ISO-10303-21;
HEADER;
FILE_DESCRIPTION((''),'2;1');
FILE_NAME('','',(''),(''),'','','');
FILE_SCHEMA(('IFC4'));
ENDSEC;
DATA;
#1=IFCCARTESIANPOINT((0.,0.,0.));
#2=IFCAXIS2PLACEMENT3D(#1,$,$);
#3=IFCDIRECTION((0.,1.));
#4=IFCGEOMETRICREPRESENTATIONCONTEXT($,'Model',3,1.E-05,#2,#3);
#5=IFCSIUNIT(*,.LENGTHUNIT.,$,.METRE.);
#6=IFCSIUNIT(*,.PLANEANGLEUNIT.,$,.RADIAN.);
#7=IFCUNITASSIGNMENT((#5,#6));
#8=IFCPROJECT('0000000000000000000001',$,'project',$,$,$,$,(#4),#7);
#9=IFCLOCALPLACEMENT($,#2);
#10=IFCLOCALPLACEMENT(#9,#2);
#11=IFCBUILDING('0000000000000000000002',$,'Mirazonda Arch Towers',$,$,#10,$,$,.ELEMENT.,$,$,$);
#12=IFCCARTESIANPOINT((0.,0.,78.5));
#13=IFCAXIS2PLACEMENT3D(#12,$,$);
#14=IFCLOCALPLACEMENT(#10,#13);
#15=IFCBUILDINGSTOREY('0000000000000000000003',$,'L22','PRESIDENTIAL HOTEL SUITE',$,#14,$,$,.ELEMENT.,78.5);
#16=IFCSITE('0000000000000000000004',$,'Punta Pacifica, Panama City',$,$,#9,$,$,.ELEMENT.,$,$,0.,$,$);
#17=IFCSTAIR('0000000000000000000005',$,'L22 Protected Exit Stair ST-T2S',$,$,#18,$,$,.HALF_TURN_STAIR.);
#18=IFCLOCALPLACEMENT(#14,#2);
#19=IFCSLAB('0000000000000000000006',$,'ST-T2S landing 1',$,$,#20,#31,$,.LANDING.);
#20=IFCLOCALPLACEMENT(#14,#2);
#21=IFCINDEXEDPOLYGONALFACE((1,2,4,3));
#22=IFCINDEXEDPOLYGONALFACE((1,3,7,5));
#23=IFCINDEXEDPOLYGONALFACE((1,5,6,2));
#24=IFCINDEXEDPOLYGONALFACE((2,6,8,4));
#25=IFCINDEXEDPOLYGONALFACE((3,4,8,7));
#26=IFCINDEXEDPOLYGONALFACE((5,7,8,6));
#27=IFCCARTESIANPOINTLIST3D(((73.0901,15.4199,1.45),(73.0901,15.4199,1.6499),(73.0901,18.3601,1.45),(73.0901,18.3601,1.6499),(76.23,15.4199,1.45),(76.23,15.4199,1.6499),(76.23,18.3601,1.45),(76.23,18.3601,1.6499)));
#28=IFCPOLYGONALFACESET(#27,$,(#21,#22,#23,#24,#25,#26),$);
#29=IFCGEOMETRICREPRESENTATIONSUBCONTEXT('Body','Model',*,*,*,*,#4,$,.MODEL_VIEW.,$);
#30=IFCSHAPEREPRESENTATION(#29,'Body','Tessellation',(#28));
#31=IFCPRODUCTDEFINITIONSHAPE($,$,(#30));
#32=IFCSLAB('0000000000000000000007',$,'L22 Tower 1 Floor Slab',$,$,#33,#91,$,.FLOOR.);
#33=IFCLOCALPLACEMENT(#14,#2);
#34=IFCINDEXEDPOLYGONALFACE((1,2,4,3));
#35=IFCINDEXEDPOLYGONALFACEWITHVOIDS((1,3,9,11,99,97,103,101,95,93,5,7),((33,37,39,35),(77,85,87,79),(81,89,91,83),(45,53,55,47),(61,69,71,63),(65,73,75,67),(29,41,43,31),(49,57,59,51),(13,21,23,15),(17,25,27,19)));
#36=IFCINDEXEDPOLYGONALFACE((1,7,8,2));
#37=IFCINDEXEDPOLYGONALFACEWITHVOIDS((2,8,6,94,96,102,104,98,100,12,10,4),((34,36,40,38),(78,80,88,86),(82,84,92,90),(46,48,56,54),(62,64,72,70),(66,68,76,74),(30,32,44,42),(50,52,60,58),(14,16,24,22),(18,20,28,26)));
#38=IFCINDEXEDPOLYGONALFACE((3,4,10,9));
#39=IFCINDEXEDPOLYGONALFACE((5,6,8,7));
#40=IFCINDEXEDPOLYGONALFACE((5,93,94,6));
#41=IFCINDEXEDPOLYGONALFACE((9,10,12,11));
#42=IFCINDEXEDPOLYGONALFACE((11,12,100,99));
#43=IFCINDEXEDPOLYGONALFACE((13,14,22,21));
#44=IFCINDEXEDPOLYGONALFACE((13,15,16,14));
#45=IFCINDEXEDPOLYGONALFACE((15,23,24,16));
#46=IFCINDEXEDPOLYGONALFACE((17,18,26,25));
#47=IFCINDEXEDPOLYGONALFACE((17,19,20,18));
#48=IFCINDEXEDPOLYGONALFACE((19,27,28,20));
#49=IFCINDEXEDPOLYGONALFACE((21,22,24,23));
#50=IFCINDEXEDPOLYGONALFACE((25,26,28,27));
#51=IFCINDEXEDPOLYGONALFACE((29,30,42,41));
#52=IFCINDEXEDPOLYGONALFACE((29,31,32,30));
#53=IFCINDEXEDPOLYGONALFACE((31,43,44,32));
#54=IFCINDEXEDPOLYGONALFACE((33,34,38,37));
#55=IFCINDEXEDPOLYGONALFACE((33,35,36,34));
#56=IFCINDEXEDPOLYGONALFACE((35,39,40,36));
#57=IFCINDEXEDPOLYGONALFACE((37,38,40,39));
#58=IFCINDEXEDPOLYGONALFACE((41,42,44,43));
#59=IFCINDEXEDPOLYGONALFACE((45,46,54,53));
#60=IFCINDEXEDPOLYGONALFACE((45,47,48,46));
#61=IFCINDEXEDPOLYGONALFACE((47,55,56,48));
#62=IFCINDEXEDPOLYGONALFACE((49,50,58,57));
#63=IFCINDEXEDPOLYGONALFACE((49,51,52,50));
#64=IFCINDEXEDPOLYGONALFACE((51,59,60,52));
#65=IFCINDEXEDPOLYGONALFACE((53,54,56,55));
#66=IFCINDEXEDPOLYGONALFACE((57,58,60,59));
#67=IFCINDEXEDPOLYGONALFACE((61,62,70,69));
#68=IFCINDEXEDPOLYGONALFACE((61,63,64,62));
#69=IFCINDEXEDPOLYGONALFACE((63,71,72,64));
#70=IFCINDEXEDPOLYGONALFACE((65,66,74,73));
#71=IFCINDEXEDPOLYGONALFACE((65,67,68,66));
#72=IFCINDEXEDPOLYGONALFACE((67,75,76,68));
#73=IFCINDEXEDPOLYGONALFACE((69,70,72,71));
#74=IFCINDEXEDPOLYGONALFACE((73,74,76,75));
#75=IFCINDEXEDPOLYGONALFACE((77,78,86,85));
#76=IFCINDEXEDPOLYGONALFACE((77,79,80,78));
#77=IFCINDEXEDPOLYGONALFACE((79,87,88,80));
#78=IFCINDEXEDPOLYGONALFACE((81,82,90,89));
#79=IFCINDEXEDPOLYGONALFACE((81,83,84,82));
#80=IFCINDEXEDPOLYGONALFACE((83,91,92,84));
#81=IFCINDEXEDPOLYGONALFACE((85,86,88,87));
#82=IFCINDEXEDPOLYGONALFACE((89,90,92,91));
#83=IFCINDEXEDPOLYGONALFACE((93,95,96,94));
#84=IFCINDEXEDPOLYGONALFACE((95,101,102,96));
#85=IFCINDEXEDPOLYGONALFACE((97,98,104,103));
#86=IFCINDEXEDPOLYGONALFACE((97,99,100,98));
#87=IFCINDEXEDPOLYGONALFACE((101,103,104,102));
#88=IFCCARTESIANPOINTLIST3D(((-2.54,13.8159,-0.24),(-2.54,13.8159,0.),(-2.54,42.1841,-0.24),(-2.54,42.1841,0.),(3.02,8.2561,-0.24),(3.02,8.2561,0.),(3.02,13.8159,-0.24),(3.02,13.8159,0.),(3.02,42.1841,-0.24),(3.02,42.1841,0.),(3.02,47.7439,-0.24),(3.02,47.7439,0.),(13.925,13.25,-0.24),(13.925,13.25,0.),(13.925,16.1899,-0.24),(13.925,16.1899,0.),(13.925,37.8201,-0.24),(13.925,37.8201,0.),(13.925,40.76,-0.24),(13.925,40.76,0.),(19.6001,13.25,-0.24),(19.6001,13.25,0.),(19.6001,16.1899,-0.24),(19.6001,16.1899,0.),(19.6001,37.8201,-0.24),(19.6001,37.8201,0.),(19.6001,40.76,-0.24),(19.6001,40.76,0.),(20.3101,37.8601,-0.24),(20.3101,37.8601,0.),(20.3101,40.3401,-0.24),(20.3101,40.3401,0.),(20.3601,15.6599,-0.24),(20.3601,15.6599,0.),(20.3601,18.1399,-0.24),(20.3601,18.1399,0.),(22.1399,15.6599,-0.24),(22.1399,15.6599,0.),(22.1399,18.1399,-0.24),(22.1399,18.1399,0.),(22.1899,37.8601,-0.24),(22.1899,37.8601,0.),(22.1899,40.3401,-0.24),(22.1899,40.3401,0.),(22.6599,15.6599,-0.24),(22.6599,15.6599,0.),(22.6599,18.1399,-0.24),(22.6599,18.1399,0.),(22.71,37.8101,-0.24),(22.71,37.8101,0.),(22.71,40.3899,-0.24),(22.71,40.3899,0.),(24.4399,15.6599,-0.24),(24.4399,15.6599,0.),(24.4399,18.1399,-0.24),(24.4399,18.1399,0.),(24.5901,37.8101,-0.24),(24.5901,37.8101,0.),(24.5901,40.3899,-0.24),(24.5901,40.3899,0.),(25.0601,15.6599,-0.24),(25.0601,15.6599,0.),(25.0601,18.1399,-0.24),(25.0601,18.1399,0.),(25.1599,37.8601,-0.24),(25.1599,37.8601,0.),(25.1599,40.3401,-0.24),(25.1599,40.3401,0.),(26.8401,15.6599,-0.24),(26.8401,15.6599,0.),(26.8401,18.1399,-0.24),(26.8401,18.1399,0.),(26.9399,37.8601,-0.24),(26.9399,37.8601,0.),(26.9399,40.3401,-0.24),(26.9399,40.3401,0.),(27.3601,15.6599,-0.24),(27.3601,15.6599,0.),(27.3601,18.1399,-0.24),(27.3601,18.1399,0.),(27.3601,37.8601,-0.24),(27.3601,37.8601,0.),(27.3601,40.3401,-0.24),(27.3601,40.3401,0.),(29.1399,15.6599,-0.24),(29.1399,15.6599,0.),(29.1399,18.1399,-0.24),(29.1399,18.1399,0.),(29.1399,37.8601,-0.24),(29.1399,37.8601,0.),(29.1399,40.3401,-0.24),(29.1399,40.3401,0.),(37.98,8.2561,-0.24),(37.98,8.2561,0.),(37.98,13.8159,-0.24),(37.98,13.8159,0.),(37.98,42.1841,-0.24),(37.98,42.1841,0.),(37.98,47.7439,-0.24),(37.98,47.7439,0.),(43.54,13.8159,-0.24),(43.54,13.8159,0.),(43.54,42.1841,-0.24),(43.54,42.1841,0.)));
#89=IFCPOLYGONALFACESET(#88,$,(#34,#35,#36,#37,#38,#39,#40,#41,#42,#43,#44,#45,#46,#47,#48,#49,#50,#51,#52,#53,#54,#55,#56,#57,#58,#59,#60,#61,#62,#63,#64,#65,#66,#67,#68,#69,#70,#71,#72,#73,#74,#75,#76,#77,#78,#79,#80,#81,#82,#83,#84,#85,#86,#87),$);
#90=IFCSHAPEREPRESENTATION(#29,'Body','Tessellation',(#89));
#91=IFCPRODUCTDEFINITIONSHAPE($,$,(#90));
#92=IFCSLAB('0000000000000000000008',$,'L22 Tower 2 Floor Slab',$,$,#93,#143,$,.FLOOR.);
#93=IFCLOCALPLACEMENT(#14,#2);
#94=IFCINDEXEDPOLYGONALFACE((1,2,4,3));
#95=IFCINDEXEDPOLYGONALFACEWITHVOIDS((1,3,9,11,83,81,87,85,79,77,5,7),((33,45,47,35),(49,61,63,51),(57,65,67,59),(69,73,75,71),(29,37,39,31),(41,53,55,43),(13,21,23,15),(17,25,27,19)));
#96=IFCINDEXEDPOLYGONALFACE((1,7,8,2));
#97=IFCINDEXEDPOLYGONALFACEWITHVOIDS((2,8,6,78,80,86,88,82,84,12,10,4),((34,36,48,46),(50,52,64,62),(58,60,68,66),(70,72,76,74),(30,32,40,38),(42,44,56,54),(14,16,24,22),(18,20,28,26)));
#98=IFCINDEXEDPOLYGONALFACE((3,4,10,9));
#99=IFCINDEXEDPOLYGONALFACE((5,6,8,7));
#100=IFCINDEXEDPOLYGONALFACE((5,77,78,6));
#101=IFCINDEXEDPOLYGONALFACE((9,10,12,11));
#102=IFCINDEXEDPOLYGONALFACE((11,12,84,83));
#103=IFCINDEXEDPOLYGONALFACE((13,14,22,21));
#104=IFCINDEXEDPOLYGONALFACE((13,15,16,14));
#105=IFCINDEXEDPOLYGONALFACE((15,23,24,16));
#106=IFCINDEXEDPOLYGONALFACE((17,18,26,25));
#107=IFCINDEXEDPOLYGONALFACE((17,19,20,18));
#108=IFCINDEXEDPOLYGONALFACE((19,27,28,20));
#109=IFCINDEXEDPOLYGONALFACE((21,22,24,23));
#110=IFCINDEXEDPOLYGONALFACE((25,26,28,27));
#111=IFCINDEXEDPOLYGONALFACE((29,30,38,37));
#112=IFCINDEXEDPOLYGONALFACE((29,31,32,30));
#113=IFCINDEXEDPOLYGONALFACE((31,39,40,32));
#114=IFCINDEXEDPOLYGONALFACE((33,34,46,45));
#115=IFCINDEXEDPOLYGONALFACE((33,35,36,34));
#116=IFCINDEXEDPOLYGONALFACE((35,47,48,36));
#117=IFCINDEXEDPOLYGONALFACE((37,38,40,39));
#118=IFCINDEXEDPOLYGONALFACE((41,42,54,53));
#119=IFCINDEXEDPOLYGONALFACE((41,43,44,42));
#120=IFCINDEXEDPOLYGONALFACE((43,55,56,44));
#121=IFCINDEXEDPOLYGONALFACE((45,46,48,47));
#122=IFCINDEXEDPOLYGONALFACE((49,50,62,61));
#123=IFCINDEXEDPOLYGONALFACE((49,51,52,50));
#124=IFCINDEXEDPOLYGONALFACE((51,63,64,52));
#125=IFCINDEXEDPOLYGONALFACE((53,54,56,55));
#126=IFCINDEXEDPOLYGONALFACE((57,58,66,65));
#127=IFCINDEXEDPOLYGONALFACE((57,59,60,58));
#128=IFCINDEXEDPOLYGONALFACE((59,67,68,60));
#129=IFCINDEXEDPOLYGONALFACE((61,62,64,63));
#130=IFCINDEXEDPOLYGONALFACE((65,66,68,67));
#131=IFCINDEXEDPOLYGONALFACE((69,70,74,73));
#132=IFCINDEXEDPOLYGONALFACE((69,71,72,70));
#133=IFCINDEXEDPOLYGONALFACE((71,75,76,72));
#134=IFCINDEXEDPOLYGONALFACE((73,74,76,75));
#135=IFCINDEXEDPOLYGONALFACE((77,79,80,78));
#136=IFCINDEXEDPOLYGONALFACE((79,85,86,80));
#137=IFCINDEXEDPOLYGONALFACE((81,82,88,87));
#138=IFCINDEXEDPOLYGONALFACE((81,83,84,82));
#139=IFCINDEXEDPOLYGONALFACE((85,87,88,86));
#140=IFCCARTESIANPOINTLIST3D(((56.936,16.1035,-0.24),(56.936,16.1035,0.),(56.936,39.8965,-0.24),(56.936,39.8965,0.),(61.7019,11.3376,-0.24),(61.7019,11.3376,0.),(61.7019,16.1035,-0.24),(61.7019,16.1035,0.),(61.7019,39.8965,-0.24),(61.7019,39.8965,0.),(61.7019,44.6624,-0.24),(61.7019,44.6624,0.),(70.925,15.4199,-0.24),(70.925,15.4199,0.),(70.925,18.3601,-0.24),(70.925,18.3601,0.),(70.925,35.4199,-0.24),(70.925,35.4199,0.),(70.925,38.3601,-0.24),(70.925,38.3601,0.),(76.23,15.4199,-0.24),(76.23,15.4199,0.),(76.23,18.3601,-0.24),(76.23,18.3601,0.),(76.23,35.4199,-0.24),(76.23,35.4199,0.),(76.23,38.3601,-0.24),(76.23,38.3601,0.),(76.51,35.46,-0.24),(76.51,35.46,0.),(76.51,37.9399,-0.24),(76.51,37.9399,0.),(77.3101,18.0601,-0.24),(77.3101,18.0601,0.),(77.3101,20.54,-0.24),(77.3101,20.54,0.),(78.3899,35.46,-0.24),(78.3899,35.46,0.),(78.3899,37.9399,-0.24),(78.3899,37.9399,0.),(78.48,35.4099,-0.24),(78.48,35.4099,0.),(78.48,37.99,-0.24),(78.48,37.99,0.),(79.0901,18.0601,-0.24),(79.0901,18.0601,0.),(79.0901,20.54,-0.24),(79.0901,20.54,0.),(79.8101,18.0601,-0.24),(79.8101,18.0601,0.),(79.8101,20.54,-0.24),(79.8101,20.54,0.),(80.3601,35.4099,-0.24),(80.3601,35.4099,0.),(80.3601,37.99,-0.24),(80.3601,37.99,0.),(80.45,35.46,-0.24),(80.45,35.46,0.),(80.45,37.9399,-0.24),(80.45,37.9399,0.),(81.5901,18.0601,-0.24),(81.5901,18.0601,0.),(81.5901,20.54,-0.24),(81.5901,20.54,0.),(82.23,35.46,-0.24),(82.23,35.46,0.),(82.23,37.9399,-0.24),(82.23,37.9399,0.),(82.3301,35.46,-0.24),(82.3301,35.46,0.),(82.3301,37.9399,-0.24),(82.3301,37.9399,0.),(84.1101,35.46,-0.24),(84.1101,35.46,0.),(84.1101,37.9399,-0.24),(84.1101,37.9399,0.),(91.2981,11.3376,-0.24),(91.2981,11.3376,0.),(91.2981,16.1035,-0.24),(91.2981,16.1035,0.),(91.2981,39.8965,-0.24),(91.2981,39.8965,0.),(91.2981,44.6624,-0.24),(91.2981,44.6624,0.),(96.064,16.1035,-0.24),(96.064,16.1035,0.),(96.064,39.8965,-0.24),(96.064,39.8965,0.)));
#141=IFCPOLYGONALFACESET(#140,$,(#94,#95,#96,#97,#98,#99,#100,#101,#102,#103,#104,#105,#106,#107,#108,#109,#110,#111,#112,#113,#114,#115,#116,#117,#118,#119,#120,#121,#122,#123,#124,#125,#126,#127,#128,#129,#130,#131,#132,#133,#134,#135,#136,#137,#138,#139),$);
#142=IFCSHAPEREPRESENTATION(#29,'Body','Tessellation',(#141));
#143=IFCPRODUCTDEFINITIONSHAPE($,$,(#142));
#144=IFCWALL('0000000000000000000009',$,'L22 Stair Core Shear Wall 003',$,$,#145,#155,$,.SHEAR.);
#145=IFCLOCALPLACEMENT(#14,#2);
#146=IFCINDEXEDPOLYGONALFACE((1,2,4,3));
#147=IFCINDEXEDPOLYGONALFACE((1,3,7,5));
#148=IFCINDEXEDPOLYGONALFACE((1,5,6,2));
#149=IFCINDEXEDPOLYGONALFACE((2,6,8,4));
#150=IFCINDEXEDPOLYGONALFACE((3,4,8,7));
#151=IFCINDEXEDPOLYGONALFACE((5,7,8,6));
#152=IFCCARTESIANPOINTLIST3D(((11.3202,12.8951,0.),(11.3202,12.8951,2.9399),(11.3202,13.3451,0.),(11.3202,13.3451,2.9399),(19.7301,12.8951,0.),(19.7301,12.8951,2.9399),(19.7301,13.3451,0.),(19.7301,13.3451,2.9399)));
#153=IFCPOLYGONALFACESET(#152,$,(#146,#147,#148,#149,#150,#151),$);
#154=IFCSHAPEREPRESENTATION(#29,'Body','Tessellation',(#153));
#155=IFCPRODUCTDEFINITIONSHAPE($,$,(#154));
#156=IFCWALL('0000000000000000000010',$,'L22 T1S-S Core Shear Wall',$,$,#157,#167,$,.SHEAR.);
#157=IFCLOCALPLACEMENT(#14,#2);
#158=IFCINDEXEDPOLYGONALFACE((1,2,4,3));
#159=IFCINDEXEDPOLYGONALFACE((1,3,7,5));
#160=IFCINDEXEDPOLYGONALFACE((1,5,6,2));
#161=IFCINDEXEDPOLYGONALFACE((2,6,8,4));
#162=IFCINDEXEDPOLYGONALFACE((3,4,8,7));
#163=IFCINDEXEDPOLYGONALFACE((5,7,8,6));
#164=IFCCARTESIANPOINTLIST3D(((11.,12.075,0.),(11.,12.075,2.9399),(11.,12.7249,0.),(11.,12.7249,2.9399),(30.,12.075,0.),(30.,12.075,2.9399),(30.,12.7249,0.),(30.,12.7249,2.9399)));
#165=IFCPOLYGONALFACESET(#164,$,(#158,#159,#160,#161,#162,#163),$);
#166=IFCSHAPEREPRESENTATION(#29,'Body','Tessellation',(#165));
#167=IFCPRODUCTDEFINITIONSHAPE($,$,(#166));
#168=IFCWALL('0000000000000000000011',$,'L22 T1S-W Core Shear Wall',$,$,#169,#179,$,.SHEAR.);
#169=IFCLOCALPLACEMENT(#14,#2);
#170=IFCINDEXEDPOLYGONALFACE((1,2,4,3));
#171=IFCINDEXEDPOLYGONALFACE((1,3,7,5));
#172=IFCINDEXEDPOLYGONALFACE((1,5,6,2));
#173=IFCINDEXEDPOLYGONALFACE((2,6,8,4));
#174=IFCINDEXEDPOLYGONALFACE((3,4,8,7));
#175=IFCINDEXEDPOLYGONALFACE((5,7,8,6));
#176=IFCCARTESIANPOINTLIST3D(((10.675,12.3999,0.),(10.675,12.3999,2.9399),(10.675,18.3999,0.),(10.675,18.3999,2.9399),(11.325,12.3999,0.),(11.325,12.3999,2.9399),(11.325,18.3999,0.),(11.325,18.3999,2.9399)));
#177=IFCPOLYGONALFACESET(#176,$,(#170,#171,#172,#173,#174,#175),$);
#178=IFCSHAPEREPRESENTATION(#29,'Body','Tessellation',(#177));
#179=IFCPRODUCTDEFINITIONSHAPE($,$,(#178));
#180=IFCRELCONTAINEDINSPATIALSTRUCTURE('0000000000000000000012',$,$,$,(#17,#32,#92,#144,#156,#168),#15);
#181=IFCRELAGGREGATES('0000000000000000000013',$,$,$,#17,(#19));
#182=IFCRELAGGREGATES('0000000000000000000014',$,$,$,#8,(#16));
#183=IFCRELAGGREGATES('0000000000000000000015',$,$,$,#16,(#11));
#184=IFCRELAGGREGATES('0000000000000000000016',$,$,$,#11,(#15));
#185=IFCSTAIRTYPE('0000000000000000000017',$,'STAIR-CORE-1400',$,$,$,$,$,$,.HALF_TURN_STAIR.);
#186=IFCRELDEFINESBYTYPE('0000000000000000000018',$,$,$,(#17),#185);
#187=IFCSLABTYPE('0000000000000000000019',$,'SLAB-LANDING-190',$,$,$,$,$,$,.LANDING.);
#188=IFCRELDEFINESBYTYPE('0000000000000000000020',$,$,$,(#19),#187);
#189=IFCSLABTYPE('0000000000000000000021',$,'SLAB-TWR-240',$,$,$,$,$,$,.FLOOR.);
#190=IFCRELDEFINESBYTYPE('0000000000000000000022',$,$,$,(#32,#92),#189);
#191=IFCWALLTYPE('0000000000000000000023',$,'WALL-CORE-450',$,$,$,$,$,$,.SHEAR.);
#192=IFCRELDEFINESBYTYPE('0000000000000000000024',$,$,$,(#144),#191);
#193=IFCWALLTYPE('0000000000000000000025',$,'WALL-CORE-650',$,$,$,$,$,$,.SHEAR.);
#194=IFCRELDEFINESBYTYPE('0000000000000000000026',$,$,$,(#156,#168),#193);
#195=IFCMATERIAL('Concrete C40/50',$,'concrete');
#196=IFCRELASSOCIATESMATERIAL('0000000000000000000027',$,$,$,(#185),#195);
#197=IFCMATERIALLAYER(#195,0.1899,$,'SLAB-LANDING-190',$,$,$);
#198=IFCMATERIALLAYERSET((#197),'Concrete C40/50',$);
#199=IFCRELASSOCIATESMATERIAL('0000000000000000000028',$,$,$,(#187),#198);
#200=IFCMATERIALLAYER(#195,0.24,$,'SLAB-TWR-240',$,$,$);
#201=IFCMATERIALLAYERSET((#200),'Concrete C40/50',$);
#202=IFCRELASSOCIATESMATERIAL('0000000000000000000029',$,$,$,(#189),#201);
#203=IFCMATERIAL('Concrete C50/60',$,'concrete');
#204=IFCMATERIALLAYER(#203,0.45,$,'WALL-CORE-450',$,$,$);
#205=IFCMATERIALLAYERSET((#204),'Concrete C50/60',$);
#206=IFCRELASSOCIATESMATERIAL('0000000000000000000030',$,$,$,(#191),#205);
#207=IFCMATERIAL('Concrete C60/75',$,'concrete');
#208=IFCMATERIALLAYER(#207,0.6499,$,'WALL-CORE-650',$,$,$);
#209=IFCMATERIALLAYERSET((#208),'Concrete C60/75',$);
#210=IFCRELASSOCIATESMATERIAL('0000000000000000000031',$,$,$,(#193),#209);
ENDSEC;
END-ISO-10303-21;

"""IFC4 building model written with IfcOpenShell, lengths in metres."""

from ifc_helpers import new_model, si_unit, direction, frame, frame_2d, origin, place, context, subcontext, project, spatial, polyline, rectangle, outline, extrude, material, layer, layer_set, type_object, element, aggregate, save


model = new_model("IFC4")

# Units and contexts
model_context = context("Model", 3, precision=1e-05, world=origin(), true_north=direction((0.0, 1.0)))
body_context = subcontext(model_context, "Body", "Model", "MODEL_VIEW")
ifc_project = project(units=[si_unit("LENGTHUNIT", "METRE"), si_unit("PLANEANGLEUNIT", "RADIAN")], contexts=[model_context])

# Site, building, storey
site_placement = place(None, origin())
site = spatial("IfcSite", under=ifc_project, at=site_placement, Name="Punta Pacifica, Panama City", CompositionType="ELEMENT", RefElevation=0.0)
building_placement = place(site_placement, origin())
building = spatial("IfcBuilding", under=site, at=building_placement, Name="Mirazonda Arch Towers", CompositionType="ELEMENT")
storey_placement = place(building_placement, frame((0.0, 0.0, 78.5)))
storey = spatial("IfcBuildingStorey", under=building, at=storey_placement, Name="L22", Description="PRESIDENTIAL HOTEL SUITE", CompositionType="ELEMENT", Elevation=78.5)

# Shared definitions
ifc_material_1 = material(Name="Concrete C60/75", Category="concrete")

# Stair, slab
ifc_material_2 = material(Name="Concrete C40/50", Category="concrete")
stair_type = type_object("IfcStairType", Name="STAIR-CORE-1400", PredefinedType="HALF_TURN_STAIR", material=ifc_material_2)
ifc_layer_1 = layer(ifc_material_2, 0.1899, Name="SLAB-LANDING-190")
ifc_layer_set_1 = layer_set([ifc_layer_1], Name="Concrete C40/50")
slab_type_1 = type_object("IfcSlabType", Name="SLAB-LANDING-190", PredefinedType="LANDING", material=ifc_layer_set_1)
stair_1_placement = place(storey_placement, origin())
stair_1 = element("IfcStair", 1, at=stair_1_placement, inside=storey, type_object=stair_type, Name="L22 Protected Exit Stair ST-T2S", PredefinedType="HALF_TURN_STAIR")
slab_1_placement = place(storey_placement, frame((0.0, 0.0, 1.45)))
slab_1 = element("IfcSlab", 2, at=slab_1_placement, type_object=slab_type_1, Name="ST-T2S landing 1", PredefinedType="LANDING", context=body_context, shape_type="SweptSolid", body=[
    extrude(outline(polyline([(73.0901, 15.4199), (76.23, 15.4199), (76.23, 18.3601), (73.0901, 18.3601), (73.0901, 15.4199)])), origin(), (0.0, 0.0, 1.0), 0.2),
])
aggregate(stair_1, [slab_1])

# Slabs
ifc_layer_2 = layer(ifc_material_2, 0.24, Name="SLAB-TWR-240")
ifc_layer_set_2 = layer_set([ifc_layer_2], Name="Concrete C40/50")
slab_type_2 = type_object("IfcSlabType", Name="SLAB-TWR-240", PredefinedType="FLOOR", material=ifc_layer_set_2)
slab_2_placement = place(storey_placement, frame((0.0, 0.0, -0.24)))
element("IfcSlab", 3, at=slab_2_placement, inside=storey, type_object=slab_type_2, Name="L22 Tower 1 Floor Slab", PredefinedType="FLOOR", context=body_context, shape_type="SweptSolid", body=[
    extrude(outline(polyline([(3.02, 8.2561), (37.98, 8.2561), (37.98, 13.8159), (43.54, 13.8159), (43.54, 42.1841), (37.98, 42.1841), (37.98, 47.7439), (3.02, 47.7439), (3.02, 42.1841), (-2.54, 42.1841), (-2.54, 13.8159), (3.02, 13.8159), (3.02, 8.2561)]), holes=[polyline([(29.1399, 18.1399), (29.1399, 15.6599), (27.3601, 15.6599), (27.3601, 18.1399), (29.1399, 18.1399)]), polyline([(29.1399, 40.3401), (29.1399, 37.8601), (27.3601, 37.8601), (27.3601, 40.3401), (29.1399, 40.3401)]), polyline([(25.1599, 40.3401), (26.9399, 40.3401), (26.9399, 37.8601), (25.1599, 37.8601), (25.1599, 40.3401)]), polyline([(26.8401, 18.1399), (26.8401, 15.6599), (25.0601, 15.6599), (25.0601, 18.1399), (26.8401, 18.1399)]), polyline([(22.71, 40.3899), (24.5901, 40.3899), (24.5901, 37.8101), (22.71, 37.8101), (22.71, 40.3899)]), polyline([(22.6599, 18.1399), (24.4399, 18.1399), (24.4399, 15.6599), (22.6599, 15.6599), (22.6599, 18.1399)]), polyline([(20.3101, 40.3401), (22.1899, 40.3401), (22.1899, 37.8601), (20.3101, 37.8601), (20.3101, 40.3401)]), polyline([(20.3601, 18.1399), (22.1399, 18.1399), (22.1399, 15.6599), (20.3601, 15.6599), (20.3601, 18.1399)]), polyline([(13.925, 40.76), (19.6001, 40.76), (19.6001, 37.8201), (13.925, 37.8201), (13.925, 40.76)]), polyline([(13.925, 13.25), (13.925, 16.1899), (19.6001, 16.1899), (19.6001, 13.25), (13.925, 13.25)])]), origin(), (0.0, 0.0, 1.0), 0.24),
])
slab_3_placement = place(storey_placement, frame((0.0, 0.0, -0.24)))
element("IfcSlab", 4, at=slab_3_placement, inside=storey, type_object=slab_type_2, Name="L22 Tower 2 Floor Slab", PredefinedType="FLOOR", context=body_context, shape_type="SweptSolid", body=[
    extrude(outline(polyline([(61.7019, 11.3376), (91.2981, 11.3376), (91.2981, 16.1035), (96.064, 16.1035), (96.064, 39.8965), (91.2981, 39.8965), (91.2981, 44.6624), (61.7019, 44.6624), (61.7019, 39.8965), (56.936, 39.8965), (56.936, 16.1035), (61.7019, 16.1035), (61.7019, 11.3376)]), holes=[polyline([(82.3301, 37.9399), (84.1101, 37.9399), (84.1101, 35.46), (82.3301, 35.46), (82.3301, 37.9399)]), polyline([(80.45, 37.9399), (82.23, 37.9399), (82.23, 35.46), (80.45, 35.46), (80.45, 37.9399)]), polyline([(79.8101, 20.54), (81.5901, 20.54), (81.5901, 18.0601), (79.8101, 18.0601), (79.8101, 20.54)]), polyline([(78.48, 37.99), (80.3601, 37.99), (80.3601, 35.4099), (78.48, 35.4099), (78.48, 37.99)]), polyline([(77.3101, 20.54), (79.0901, 20.54), (79.0901, 18.0601), (77.3101, 18.0601), (77.3101, 20.54)]), polyline([(76.51, 37.9399), (78.3899, 37.9399), (78.3899, 35.46), (76.51, 35.46), (76.51, 37.9399)]), polyline([(70.925, 15.4199), (70.925, 18.3601), (76.23, 18.3601), (76.23, 15.4199), (70.925, 15.4199)]), polyline([(70.925, 35.4199), (70.925, 38.3601), (76.23, 38.3601), (76.23, 35.4199), (70.925, 35.4199)])]), origin(), (0.0, 0.0, 1.0), 0.24),
])

# Walls
ifc_material_3 = material(Name="Concrete C50/60", Category="concrete")
ifc_layer_3 = layer(ifc_material_3, 0.45, Name="WALL-CORE-450")
ifc_layer_set_3 = layer_set([ifc_layer_3], Name="Concrete C50/60")
wall_type_1 = type_object("IfcWallType", Name="WALL-CORE-450", PredefinedType="SHEAR", material=ifc_layer_set_3)
wall_1_placement = place(storey_placement, frame((11.3201, 13.1201, 0.0), z_axis=(0.0, 0.0, 1.0), x_axis=(1.0, 0.0, 0.0)))
element("IfcWall", 5, at=wall_1_placement, inside=storey, type_object=wall_type_1, Name="L22 Stair Core Shear Wall 003", PredefinedType="SHEAR", context=body_context, shape_type="SweptSolid", body=[
    extrude(rectangle(XDim=8.4099, YDim=0.45, at=frame_2d((4.2051, 0.0))), origin(), (0.0, 0.0, 1.0), 2.9399),
])
ifc_layer_4 = layer(ifc_material_1, 0.6499, Name="WALL-CORE-650")
ifc_layer_set_4 = layer_set([ifc_layer_4], Name="Concrete C60/75")
wall_type_2 = type_object("IfcWallType", Name="WALL-CORE-650", PredefinedType="SHEAR", material=ifc_layer_set_4)
wall_2_placement = place(storey_placement, frame((11.0, 12.3999, 0.0), z_axis=(0.0, 0.0, 1.0), x_axis=(1.0, 0.0, 0.0)))
element("IfcWall", 6, at=wall_2_placement, inside=storey, type_object=wall_type_2, Name="L22 T1S-S Core Shear Wall", PredefinedType="SHEAR", context=body_context, shape_type="SweptSolid", body=[
    extrude(rectangle(XDim=19.0, YDim=0.6499, at=frame_2d((9.5, 0.0))), origin(), (0.0, 0.0, 1.0), 2.9399),
])
wall_3_placement = place(storey_placement, frame((11.0, 12.3999, 0.0), z_axis=(0.0, 0.0, 1.0), x_axis=(0.0, 1.0, 0.0)))
element("IfcWall", 7, at=wall_3_placement, inside=storey, type_object=wall_type_2, Name="L22 T1S-W Core Shear Wall", PredefinedType="SHEAR", context=body_context, shape_type="SweptSolid", body=[
    extrude(rectangle(XDim=6.0, YDim=0.6499, at=frame_2d((3.0, 0.0))), origin(), (0.0, 0.0, 1.0), 2.9399),
])

save(model, "model.ifc")
